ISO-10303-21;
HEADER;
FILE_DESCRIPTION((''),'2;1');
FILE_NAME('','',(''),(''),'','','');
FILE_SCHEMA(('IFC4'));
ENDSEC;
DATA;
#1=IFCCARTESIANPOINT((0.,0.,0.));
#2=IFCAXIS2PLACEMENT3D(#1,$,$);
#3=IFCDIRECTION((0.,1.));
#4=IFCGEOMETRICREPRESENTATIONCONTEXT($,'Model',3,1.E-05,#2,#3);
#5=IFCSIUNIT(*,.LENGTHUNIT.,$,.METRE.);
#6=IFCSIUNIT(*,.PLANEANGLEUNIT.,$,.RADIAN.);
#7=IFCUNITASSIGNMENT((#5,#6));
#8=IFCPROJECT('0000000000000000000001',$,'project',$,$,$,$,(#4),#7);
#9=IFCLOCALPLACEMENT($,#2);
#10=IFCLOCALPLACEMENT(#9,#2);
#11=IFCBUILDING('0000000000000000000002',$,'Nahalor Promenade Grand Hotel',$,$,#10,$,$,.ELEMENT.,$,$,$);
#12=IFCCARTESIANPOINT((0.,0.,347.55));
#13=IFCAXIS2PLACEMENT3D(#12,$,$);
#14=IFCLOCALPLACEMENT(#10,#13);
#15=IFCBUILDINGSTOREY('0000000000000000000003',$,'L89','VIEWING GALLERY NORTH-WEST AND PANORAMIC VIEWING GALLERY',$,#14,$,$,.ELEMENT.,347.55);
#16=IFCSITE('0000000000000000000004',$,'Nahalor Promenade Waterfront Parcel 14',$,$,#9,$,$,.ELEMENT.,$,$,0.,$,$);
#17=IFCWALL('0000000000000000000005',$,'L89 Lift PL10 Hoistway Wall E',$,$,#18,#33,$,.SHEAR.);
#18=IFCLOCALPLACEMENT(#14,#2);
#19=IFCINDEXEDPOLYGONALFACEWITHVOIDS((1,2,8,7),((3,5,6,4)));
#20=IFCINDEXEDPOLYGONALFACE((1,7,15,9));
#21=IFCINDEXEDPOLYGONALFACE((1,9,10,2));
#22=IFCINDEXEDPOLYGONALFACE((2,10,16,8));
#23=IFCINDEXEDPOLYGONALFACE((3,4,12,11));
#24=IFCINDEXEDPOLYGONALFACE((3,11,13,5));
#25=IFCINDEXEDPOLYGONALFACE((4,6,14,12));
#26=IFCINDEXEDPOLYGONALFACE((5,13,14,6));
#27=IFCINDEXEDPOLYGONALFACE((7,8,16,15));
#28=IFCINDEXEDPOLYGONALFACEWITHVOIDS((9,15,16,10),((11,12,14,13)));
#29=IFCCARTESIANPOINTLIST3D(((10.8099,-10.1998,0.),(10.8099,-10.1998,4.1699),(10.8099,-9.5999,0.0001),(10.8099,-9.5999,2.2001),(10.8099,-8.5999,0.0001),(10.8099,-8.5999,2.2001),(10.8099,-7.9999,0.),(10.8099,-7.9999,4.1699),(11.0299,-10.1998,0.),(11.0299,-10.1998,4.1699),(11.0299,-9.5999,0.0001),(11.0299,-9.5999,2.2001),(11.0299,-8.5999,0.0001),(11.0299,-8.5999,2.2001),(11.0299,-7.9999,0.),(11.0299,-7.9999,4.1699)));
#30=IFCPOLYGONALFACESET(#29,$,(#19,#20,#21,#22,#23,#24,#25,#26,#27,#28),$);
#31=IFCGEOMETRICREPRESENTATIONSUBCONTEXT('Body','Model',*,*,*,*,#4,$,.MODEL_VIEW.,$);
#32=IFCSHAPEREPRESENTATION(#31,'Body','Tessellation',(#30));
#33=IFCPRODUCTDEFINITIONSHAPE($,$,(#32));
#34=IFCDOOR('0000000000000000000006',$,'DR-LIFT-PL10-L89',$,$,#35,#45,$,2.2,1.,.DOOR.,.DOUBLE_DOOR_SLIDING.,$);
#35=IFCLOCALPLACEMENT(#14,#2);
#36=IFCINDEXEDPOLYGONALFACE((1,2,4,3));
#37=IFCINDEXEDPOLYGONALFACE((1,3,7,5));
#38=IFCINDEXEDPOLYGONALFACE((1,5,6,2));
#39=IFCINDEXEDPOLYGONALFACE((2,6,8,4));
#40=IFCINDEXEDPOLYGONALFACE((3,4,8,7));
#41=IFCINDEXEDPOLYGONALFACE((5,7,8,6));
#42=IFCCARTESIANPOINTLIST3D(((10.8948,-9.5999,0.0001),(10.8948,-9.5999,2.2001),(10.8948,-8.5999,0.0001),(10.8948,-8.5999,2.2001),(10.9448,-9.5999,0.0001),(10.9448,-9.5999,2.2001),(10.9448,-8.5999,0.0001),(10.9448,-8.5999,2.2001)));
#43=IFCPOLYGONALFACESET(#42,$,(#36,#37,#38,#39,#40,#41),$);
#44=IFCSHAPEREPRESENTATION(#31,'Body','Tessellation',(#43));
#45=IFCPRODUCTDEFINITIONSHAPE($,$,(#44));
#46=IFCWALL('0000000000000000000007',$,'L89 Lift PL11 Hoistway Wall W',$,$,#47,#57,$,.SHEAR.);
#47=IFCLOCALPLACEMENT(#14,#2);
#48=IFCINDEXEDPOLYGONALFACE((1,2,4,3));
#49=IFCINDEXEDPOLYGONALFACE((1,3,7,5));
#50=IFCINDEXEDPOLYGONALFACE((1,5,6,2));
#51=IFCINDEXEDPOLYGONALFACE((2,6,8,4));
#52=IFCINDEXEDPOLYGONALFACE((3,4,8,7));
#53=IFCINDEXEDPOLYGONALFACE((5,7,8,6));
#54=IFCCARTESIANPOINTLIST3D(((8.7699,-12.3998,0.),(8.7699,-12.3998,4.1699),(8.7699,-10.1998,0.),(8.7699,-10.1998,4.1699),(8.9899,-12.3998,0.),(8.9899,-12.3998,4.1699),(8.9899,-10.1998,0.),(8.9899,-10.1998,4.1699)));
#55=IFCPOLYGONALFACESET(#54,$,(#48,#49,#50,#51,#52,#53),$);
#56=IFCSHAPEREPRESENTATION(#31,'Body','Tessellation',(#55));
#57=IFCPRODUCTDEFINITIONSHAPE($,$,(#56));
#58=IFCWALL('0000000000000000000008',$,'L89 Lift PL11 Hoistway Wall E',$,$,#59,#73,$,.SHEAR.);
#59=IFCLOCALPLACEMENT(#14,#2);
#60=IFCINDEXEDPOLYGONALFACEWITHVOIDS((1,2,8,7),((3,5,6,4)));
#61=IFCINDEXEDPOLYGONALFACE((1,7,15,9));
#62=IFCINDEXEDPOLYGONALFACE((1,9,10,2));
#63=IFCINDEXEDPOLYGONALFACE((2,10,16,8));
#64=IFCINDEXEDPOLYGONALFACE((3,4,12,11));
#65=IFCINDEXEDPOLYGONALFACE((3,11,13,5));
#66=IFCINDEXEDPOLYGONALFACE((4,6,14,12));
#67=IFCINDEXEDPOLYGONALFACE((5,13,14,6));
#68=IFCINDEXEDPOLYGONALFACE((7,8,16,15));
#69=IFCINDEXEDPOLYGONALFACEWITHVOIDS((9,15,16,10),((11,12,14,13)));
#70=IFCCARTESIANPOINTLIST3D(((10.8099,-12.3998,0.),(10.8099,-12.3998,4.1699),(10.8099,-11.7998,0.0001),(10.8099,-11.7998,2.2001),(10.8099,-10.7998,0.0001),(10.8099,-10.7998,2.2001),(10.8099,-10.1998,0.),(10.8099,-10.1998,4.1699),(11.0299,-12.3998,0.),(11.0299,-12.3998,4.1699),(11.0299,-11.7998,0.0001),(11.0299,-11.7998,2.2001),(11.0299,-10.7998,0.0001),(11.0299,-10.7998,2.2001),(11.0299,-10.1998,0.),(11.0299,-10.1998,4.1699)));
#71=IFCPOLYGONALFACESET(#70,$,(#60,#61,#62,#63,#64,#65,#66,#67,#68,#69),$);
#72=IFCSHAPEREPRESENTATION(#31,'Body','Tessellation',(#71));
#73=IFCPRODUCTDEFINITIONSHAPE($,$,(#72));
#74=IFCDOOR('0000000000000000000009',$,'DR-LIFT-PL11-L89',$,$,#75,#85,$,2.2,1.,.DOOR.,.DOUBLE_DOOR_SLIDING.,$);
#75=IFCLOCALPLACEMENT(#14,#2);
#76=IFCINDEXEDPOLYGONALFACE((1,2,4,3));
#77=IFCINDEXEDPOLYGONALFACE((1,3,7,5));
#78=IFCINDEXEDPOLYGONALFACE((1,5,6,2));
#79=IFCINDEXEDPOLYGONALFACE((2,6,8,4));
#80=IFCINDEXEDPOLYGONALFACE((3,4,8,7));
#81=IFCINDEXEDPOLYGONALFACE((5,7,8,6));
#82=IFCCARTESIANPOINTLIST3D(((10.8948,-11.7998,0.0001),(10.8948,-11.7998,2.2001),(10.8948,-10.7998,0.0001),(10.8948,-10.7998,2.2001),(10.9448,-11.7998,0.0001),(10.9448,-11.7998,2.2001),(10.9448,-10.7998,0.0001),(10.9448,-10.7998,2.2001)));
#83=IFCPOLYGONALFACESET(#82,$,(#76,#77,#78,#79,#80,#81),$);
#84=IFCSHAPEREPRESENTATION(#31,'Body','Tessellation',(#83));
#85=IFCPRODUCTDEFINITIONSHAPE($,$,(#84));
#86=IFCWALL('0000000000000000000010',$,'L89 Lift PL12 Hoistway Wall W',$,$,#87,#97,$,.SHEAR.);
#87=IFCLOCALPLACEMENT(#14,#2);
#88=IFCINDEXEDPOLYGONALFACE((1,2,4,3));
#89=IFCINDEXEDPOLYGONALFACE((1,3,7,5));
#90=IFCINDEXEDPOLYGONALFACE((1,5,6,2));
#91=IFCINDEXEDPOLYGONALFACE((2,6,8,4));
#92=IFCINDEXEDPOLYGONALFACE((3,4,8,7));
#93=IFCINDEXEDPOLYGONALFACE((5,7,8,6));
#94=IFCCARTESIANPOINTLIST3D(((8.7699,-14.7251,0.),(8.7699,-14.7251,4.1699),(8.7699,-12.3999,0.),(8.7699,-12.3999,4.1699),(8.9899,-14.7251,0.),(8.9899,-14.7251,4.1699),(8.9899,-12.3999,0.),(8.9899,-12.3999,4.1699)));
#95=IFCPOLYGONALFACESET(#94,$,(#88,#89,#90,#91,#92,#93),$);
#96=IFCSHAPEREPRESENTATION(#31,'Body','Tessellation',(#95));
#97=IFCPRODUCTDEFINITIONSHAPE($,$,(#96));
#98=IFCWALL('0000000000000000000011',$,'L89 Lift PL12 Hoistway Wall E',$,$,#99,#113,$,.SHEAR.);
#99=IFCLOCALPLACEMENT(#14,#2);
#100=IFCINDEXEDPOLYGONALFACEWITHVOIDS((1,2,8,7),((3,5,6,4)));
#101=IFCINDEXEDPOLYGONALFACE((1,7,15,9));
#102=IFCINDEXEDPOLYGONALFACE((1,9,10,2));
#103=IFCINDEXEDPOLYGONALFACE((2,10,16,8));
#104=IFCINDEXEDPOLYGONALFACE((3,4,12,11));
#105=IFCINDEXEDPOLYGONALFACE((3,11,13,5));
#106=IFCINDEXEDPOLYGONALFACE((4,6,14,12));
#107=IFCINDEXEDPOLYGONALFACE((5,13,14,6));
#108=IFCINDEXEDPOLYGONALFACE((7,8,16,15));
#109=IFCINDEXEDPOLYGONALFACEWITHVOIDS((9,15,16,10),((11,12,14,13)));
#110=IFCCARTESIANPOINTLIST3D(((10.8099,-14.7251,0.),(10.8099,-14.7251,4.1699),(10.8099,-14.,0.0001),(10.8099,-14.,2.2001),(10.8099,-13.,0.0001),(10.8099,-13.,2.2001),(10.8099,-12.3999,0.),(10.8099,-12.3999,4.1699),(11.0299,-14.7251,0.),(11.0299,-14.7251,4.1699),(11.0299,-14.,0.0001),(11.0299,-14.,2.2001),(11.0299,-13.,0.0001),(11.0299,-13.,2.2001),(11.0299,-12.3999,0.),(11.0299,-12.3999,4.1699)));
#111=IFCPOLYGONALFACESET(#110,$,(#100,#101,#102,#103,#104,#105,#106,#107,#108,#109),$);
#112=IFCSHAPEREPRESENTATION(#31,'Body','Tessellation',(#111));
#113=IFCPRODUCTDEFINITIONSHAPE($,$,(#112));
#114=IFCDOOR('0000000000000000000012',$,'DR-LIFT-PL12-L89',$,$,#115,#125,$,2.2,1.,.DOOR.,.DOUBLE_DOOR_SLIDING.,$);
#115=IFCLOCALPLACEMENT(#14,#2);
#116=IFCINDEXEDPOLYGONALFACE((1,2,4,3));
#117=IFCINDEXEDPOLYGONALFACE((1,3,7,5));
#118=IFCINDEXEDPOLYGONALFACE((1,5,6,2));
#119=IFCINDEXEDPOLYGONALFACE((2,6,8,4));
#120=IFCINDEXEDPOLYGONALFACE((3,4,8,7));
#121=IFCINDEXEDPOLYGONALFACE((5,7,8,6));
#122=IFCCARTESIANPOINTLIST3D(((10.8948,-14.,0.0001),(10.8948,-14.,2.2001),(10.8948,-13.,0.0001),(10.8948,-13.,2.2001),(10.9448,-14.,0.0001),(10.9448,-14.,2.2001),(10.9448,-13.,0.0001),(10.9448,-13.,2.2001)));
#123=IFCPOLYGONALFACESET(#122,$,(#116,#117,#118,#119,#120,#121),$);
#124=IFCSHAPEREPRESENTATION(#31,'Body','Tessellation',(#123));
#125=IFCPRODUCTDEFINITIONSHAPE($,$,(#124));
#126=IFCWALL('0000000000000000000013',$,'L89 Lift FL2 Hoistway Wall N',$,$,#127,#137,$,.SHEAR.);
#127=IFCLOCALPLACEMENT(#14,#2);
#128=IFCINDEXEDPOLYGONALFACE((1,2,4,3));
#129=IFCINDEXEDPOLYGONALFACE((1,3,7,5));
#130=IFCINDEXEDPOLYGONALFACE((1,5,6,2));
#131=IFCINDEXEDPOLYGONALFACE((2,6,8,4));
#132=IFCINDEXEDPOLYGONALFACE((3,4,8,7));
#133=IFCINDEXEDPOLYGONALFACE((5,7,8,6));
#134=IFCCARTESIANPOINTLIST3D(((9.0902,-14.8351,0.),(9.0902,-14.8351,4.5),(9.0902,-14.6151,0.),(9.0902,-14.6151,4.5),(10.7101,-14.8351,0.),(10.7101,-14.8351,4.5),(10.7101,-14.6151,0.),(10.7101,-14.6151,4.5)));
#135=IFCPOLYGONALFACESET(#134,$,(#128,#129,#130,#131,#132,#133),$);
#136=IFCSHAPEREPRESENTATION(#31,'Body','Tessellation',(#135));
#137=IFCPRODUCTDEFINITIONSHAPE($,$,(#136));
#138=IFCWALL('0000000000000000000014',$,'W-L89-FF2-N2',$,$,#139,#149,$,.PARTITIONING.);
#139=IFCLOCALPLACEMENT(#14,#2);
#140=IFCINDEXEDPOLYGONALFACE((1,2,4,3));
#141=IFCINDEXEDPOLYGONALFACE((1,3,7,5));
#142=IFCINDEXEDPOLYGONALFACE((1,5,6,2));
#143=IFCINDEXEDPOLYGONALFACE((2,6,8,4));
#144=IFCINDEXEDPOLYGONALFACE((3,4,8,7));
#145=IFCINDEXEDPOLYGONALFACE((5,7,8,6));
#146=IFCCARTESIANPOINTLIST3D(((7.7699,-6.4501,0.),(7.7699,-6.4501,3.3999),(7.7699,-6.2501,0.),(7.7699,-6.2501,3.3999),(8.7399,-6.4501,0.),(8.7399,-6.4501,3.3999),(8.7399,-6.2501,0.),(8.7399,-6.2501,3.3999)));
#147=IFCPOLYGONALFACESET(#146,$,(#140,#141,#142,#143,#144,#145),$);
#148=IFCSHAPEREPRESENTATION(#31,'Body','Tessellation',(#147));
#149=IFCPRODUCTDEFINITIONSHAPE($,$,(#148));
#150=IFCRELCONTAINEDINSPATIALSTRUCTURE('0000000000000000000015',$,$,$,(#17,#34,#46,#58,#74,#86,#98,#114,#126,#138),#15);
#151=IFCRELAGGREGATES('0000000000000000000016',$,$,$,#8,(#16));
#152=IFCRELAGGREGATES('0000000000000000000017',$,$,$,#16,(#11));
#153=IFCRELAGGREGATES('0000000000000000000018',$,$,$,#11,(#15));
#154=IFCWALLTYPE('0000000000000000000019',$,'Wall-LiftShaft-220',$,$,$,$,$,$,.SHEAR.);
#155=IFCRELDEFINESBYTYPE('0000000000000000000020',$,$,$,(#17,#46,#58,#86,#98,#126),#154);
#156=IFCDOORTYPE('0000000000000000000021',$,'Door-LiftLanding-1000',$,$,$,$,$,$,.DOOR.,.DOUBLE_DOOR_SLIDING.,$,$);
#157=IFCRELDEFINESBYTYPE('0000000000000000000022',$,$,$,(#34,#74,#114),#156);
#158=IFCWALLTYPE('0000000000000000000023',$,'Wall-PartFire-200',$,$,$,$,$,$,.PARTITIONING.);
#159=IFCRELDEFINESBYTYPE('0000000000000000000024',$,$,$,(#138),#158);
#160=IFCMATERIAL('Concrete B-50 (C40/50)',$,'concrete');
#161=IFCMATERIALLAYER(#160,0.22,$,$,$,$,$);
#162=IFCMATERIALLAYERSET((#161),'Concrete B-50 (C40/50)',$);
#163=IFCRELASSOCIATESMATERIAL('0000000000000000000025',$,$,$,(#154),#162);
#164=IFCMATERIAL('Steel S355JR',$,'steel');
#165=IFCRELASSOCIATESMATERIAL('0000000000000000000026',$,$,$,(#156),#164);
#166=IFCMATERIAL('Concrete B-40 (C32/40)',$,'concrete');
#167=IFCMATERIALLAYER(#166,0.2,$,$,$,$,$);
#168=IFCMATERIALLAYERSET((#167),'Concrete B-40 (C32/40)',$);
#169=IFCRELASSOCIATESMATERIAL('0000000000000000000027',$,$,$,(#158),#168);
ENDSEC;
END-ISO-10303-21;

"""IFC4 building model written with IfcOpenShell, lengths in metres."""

from ifc_helpers import new_model, si_unit, direction, frame, frame_2d, origin, place, context, subcontext, project, spatial, rectangle, extrude, source, transform, mapped, material, layer, layer_set, type_object, element, fill, save


model = new_model("IFC4")

# Units and contexts
model_context = context("Model", 3, precision=1e-05, world=origin(), true_north=direction((0.0, 1.0)))
body_context = subcontext(model_context, "Body", "Model", "MODEL_VIEW")
ifc_project = project(units=[si_unit("LENGTHUNIT", "METRE"), si_unit("PLANEANGLEUNIT", "RADIAN")], contexts=[model_context])

# Site, building, storey
site_placement = place(None, origin())
site = spatial("IfcSite", under=ifc_project, at=site_placement, Name="Nahalor Promenade Waterfront Parcel 14", CompositionType="ELEMENT", RefElevation=0.0)
building_placement = place(site_placement, origin())
building = spatial("IfcBuilding", under=site, at=building_placement, Name="Nahalor Promenade Grand Hotel", CompositionType="ELEMENT")
storey_placement = place(building_placement, frame((0.0, 0.0, 347.55)))
storey = spatial("IfcBuildingStorey", under=building, at=storey_placement, Name="L89", Description="VIEWING GALLERY NORTH-WEST AND PANORAMIC VIEWING GALLERY", CompositionType="ELEMENT", Elevation=347.55)

# Shared definitions
ifc_material_1 = material(Name="Steel S355JR", Category="steel")

# Shared definitions
ifc_material_2 = material(Name="Concrete B-50 (C40/50)", Category="concrete")
ifc_layer_1 = layer(ifc_material_2, 0.22)
ifc_layer_set_1 = layer_set([ifc_layer_1], Name="Concrete B-50 (C40/50)")
wall_type_1 = type_object("IfcWallType", Name="Wall-LiftShaft-220", PredefinedType="SHEAR", material=ifc_layer_set_1)

# Shared definitions
door_type_1 = type_object("IfcDoorType", Name="Door-LiftLanding-1000", OperationType="DOUBLE_DOOR_SLIDING", PredefinedType="DOOR", material=ifc_material_1)
shared_shape_1 = source(origin(), body_context, "Body", "SweptSolid", [
    extrude(rectangle(XDim=1.0, YDim=2.2, at=frame_2d((0.5, 1.1001))), frame((0.0, 0.0249, 0.0), z_axis=(0.0, -1.0, 0.0), x_axis=(1.0, 0.0, 0.0)), (0.0, 0.0, 1.0), 0.05),
])

# Shared definitions
shared_shape_2 = source(origin(), body_context, "Body", "SweptSolid", [
    extrude(rectangle(XDim=2.2, YDim=0.22, at=frame_2d((1.1001, 0.0))), origin(), (0.0, 0.0, 1.0), 4.1699),
])

# Wall, opening, door
wall_1_placement = place(storey_placement, frame((10.9199, -10.2, 0.0), z_axis=(0.0, 0.0, 1.0), x_axis=(0.0, 1.0, 0.0)))
wall_1 = element("IfcWall", 1, at=wall_1_placement, inside=storey, type_object=wall_type_1, Name="L89 Lift PL10 Hoistway Wall E", PredefinedType="SHEAR", context=body_context, shape_type="MappedRepresentation", body=[
    mapped(shared_shape_2, transform((0.0, 0.0, 0.0), scale=1.0)),
])
opening_1_placement = place(wall_1_placement, frame((0.6001, 0.0, 0.0)))
opening_1 = element("IfcOpeningElement", 2, at=opening_1_placement, cuts=wall_1, PredefinedType="OPENING", context=body_context, shape_type="SweptSolid", body=[
    extrude(rectangle(XDim=1.0, YDim=2.2, at=frame_2d((0.5, 1.1001))), frame((0.0, 0.1199, 0.0), z_axis=(0.0, -1.0, 0.0), x_axis=(1.0, 0.0, 0.0)), (0.0, 0.0, 1.0), 0.24),
])
door_1_placement = place(opening_1_placement, frame((1.0, 0.0, 0.0), z_axis=(0.0, 0.0, 1.0), x_axis=(-1.0, 0.0, 0.0)))
door_1 = element("IfcDoor", 3, at=door_1_placement, inside=storey, type_object=door_type_1, Name="DR-LIFT-PL10-L89", OperationType="DOUBLE_DOOR_SLIDING", OverallHeight=2.2, OverallWidth=1.0, PredefinedType="DOOR", context=body_context, shape_type="MappedRepresentation", body=[
    mapped(shared_shape_1, transform((0.0, 0.0, 0.0), scale=1.0)),
])
fill(opening_1, door_1)

# Wall
wall_2_placement = place(storey_placement, frame((8.8799, -12.3999, 0.0), z_axis=(0.0, 0.0, 1.0), x_axis=(0.0, 1.0, 0.0)))
element("IfcWall", 4, at=wall_2_placement, inside=storey, type_object=wall_type_1, Name="L89 Lift PL11 Hoistway Wall W", PredefinedType="SHEAR", context=body_context, shape_type="MappedRepresentation", body=[
    mapped(shared_shape_2, transform((0.0, 0.0, 0.0), scale=1.0)),
])

# Wall, opening, door
wall_3_placement = place(storey_placement, frame((10.9199, -12.3999, 0.0), z_axis=(0.0, 0.0, 1.0), x_axis=(0.0, 1.0, 0.0)))
wall_3 = element("IfcWall", 5, at=wall_3_placement, inside=storey, type_object=wall_type_1, Name="L89 Lift PL11 Hoistway Wall E", PredefinedType="SHEAR", context=body_context, shape_type="MappedRepresentation", body=[
    mapped(shared_shape_2, transform((0.0, 0.0, 0.0), scale=1.0)),
])
opening_2_placement = place(wall_3_placement, frame((0.6001, 0.0, 0.0)))
opening_2 = element("IfcOpeningElement", 6, at=opening_2_placement, cuts=wall_3, PredefinedType="OPENING", context=body_context, shape_type="SweptSolid", body=[
    extrude(rectangle(XDim=1.0, YDim=2.2, at=frame_2d((0.5, 1.1001))), frame((0.0, 0.1199, 0.0), z_axis=(0.0, -1.0, 0.0), x_axis=(1.0, 0.0, 0.0)), (0.0, 0.0, 1.0), 0.24),
])
door_2_placement = place(opening_2_placement, frame((1.0, 0.0, 0.0), z_axis=(0.0, 0.0, 1.0), x_axis=(-1.0, 0.0, 0.0)))
door_2 = element("IfcDoor", 7, at=door_2_placement, inside=storey, type_object=door_type_1, Name="DR-LIFT-PL11-L89", OperationType="DOUBLE_DOOR_SLIDING", OverallHeight=2.2, OverallWidth=1.0, PredefinedType="DOOR", context=body_context, shape_type="MappedRepresentation", body=[
    mapped(shared_shape_1, transform((0.0, 0.0, 0.0), scale=1.0)),
])
fill(opening_2, door_2)

# Wall
shared_shape_3 = source(origin(), body_context, "Body", "SweptSolid", [
    extrude(rectangle(XDim=2.3252, YDim=0.22, at=frame_2d((1.1626, 0.0))), origin(), (0.0, 0.0, 1.0), 4.1699),
])
wall_4_placement = place(storey_placement, frame((8.8799, -14.7251, 0.0), z_axis=(0.0, 0.0, 1.0), x_axis=(0.0, 1.0, 0.0)))
element("IfcWall", 8, at=wall_4_placement, inside=storey, type_object=wall_type_1, Name="L89 Lift PL12 Hoistway Wall W", PredefinedType="SHEAR", context=body_context, shape_type="MappedRepresentation", body=[
    mapped(shared_shape_3, transform((0.0, 0.0, 0.0), scale=1.0)),
])

# Wall, opening, door
wall_5_placement = place(storey_placement, frame((10.9199, -14.7251, 0.0), z_axis=(0.0, 0.0, 1.0), x_axis=(0.0, 1.0, 0.0)))
wall_5 = element("IfcWall", 9, at=wall_5_placement, inside=storey, type_object=wall_type_1, Name="L89 Lift PL12 Hoistway Wall E", PredefinedType="SHEAR", context=body_context, shape_type="MappedRepresentation", body=[
    mapped(shared_shape_3, transform((0.0, 0.0, 0.0), scale=1.0)),
])
opening_3_placement = place(wall_5_placement, frame((0.7251, 0.0, 0.0)))
opening_3 = element("IfcOpeningElement", 10, at=opening_3_placement, cuts=wall_5, PredefinedType="OPENING", context=body_context, shape_type="SweptSolid", body=[
    extrude(rectangle(XDim=1.0, YDim=2.2, at=frame_2d((0.5, 1.1001))), frame((0.0, 0.1199, 0.0), z_axis=(0.0, -1.0, 0.0), x_axis=(1.0, 0.0, 0.0)), (0.0, 0.0, 1.0), 0.24),
])
door_3_placement = place(opening_3_placement, frame((1.0, 0.0, 0.0), z_axis=(0.0, 0.0, 1.0), x_axis=(-1.0, 0.0, 0.0)))
door_3 = element("IfcDoor", 11, at=door_3_placement, inside=storey, type_object=door_type_1, Name="DR-LIFT-PL12-L89", OperationType="DOUBLE_DOOR_SLIDING", OverallHeight=2.2, OverallWidth=1.0, PredefinedType="DOOR", context=body_context, shape_type="MappedRepresentation", body=[
    mapped(shared_shape_1, transform((0.0, 0.0, 0.0), scale=1.0)),
])
fill(opening_3, door_3)

# Wall
shared_shape_4 = source(origin(), body_context, "Body", "SweptSolid", [
    extrude(rectangle(XDim=1.6199, YDim=0.22, at=frame_2d((0.8101, 0.0))), origin(), (0.0, 0.0, 1.0), 4.5),
])
wall_6_placement = place(storey_placement, frame((9.0901, -14.7251, 0.0), z_axis=(0.0, 0.0, 1.0), x_axis=(1.0, 0.0, 0.0)))
element("IfcWall", 12, at=wall_6_placement, inside=storey, type_object=wall_type_1, Name="L89 Lift FL2 Hoistway Wall N", PredefinedType="SHEAR", context=body_context, shape_type="MappedRepresentation", body=[
    mapped(shared_shape_4, transform((0.0, 0.0, 0.0), scale=1.0)),
])

# Shared definitions
ifc_material_3 = material(Name="Concrete B-40 (C32/40)", Category="concrete")
ifc_layer_2 = layer(ifc_material_3, 0.2)
ifc_layer_set_2 = layer_set([ifc_layer_2], Name="Concrete B-40 (C32/40)")
wall_type_2 = type_object("IfcWallType", Name="Wall-PartFire-200", PredefinedType="PARTITIONING", material=ifc_layer_set_2)

# Wall
shared_shape_5 = source(origin(), body_context, "Body", "SweptSolid", [
    extrude(rectangle(XDim=0.97, YDim=0.2, at=frame_2d((0.4849, 0.0))), origin(), (0.0, 0.0, 1.0), 3.3999),
])
wall_7_placement = place(storey_placement, frame((7.77, -6.3501, 0.0), z_axis=(0.0, 0.0, 1.0), x_axis=(1.0, 0.0, 0.0)))
element("IfcWall", 13, at=wall_7_placement, inside=storey, type_object=wall_type_2, Name="W-L89-FF2-N2", PredefinedType="PARTITIONING", context=body_context, shape_type="MappedRepresentation", body=[
    mapped(shared_shape_5, transform((0.0, 0.0, 0.0), scale=1.0)),
])

save(model, "model.ifc")
